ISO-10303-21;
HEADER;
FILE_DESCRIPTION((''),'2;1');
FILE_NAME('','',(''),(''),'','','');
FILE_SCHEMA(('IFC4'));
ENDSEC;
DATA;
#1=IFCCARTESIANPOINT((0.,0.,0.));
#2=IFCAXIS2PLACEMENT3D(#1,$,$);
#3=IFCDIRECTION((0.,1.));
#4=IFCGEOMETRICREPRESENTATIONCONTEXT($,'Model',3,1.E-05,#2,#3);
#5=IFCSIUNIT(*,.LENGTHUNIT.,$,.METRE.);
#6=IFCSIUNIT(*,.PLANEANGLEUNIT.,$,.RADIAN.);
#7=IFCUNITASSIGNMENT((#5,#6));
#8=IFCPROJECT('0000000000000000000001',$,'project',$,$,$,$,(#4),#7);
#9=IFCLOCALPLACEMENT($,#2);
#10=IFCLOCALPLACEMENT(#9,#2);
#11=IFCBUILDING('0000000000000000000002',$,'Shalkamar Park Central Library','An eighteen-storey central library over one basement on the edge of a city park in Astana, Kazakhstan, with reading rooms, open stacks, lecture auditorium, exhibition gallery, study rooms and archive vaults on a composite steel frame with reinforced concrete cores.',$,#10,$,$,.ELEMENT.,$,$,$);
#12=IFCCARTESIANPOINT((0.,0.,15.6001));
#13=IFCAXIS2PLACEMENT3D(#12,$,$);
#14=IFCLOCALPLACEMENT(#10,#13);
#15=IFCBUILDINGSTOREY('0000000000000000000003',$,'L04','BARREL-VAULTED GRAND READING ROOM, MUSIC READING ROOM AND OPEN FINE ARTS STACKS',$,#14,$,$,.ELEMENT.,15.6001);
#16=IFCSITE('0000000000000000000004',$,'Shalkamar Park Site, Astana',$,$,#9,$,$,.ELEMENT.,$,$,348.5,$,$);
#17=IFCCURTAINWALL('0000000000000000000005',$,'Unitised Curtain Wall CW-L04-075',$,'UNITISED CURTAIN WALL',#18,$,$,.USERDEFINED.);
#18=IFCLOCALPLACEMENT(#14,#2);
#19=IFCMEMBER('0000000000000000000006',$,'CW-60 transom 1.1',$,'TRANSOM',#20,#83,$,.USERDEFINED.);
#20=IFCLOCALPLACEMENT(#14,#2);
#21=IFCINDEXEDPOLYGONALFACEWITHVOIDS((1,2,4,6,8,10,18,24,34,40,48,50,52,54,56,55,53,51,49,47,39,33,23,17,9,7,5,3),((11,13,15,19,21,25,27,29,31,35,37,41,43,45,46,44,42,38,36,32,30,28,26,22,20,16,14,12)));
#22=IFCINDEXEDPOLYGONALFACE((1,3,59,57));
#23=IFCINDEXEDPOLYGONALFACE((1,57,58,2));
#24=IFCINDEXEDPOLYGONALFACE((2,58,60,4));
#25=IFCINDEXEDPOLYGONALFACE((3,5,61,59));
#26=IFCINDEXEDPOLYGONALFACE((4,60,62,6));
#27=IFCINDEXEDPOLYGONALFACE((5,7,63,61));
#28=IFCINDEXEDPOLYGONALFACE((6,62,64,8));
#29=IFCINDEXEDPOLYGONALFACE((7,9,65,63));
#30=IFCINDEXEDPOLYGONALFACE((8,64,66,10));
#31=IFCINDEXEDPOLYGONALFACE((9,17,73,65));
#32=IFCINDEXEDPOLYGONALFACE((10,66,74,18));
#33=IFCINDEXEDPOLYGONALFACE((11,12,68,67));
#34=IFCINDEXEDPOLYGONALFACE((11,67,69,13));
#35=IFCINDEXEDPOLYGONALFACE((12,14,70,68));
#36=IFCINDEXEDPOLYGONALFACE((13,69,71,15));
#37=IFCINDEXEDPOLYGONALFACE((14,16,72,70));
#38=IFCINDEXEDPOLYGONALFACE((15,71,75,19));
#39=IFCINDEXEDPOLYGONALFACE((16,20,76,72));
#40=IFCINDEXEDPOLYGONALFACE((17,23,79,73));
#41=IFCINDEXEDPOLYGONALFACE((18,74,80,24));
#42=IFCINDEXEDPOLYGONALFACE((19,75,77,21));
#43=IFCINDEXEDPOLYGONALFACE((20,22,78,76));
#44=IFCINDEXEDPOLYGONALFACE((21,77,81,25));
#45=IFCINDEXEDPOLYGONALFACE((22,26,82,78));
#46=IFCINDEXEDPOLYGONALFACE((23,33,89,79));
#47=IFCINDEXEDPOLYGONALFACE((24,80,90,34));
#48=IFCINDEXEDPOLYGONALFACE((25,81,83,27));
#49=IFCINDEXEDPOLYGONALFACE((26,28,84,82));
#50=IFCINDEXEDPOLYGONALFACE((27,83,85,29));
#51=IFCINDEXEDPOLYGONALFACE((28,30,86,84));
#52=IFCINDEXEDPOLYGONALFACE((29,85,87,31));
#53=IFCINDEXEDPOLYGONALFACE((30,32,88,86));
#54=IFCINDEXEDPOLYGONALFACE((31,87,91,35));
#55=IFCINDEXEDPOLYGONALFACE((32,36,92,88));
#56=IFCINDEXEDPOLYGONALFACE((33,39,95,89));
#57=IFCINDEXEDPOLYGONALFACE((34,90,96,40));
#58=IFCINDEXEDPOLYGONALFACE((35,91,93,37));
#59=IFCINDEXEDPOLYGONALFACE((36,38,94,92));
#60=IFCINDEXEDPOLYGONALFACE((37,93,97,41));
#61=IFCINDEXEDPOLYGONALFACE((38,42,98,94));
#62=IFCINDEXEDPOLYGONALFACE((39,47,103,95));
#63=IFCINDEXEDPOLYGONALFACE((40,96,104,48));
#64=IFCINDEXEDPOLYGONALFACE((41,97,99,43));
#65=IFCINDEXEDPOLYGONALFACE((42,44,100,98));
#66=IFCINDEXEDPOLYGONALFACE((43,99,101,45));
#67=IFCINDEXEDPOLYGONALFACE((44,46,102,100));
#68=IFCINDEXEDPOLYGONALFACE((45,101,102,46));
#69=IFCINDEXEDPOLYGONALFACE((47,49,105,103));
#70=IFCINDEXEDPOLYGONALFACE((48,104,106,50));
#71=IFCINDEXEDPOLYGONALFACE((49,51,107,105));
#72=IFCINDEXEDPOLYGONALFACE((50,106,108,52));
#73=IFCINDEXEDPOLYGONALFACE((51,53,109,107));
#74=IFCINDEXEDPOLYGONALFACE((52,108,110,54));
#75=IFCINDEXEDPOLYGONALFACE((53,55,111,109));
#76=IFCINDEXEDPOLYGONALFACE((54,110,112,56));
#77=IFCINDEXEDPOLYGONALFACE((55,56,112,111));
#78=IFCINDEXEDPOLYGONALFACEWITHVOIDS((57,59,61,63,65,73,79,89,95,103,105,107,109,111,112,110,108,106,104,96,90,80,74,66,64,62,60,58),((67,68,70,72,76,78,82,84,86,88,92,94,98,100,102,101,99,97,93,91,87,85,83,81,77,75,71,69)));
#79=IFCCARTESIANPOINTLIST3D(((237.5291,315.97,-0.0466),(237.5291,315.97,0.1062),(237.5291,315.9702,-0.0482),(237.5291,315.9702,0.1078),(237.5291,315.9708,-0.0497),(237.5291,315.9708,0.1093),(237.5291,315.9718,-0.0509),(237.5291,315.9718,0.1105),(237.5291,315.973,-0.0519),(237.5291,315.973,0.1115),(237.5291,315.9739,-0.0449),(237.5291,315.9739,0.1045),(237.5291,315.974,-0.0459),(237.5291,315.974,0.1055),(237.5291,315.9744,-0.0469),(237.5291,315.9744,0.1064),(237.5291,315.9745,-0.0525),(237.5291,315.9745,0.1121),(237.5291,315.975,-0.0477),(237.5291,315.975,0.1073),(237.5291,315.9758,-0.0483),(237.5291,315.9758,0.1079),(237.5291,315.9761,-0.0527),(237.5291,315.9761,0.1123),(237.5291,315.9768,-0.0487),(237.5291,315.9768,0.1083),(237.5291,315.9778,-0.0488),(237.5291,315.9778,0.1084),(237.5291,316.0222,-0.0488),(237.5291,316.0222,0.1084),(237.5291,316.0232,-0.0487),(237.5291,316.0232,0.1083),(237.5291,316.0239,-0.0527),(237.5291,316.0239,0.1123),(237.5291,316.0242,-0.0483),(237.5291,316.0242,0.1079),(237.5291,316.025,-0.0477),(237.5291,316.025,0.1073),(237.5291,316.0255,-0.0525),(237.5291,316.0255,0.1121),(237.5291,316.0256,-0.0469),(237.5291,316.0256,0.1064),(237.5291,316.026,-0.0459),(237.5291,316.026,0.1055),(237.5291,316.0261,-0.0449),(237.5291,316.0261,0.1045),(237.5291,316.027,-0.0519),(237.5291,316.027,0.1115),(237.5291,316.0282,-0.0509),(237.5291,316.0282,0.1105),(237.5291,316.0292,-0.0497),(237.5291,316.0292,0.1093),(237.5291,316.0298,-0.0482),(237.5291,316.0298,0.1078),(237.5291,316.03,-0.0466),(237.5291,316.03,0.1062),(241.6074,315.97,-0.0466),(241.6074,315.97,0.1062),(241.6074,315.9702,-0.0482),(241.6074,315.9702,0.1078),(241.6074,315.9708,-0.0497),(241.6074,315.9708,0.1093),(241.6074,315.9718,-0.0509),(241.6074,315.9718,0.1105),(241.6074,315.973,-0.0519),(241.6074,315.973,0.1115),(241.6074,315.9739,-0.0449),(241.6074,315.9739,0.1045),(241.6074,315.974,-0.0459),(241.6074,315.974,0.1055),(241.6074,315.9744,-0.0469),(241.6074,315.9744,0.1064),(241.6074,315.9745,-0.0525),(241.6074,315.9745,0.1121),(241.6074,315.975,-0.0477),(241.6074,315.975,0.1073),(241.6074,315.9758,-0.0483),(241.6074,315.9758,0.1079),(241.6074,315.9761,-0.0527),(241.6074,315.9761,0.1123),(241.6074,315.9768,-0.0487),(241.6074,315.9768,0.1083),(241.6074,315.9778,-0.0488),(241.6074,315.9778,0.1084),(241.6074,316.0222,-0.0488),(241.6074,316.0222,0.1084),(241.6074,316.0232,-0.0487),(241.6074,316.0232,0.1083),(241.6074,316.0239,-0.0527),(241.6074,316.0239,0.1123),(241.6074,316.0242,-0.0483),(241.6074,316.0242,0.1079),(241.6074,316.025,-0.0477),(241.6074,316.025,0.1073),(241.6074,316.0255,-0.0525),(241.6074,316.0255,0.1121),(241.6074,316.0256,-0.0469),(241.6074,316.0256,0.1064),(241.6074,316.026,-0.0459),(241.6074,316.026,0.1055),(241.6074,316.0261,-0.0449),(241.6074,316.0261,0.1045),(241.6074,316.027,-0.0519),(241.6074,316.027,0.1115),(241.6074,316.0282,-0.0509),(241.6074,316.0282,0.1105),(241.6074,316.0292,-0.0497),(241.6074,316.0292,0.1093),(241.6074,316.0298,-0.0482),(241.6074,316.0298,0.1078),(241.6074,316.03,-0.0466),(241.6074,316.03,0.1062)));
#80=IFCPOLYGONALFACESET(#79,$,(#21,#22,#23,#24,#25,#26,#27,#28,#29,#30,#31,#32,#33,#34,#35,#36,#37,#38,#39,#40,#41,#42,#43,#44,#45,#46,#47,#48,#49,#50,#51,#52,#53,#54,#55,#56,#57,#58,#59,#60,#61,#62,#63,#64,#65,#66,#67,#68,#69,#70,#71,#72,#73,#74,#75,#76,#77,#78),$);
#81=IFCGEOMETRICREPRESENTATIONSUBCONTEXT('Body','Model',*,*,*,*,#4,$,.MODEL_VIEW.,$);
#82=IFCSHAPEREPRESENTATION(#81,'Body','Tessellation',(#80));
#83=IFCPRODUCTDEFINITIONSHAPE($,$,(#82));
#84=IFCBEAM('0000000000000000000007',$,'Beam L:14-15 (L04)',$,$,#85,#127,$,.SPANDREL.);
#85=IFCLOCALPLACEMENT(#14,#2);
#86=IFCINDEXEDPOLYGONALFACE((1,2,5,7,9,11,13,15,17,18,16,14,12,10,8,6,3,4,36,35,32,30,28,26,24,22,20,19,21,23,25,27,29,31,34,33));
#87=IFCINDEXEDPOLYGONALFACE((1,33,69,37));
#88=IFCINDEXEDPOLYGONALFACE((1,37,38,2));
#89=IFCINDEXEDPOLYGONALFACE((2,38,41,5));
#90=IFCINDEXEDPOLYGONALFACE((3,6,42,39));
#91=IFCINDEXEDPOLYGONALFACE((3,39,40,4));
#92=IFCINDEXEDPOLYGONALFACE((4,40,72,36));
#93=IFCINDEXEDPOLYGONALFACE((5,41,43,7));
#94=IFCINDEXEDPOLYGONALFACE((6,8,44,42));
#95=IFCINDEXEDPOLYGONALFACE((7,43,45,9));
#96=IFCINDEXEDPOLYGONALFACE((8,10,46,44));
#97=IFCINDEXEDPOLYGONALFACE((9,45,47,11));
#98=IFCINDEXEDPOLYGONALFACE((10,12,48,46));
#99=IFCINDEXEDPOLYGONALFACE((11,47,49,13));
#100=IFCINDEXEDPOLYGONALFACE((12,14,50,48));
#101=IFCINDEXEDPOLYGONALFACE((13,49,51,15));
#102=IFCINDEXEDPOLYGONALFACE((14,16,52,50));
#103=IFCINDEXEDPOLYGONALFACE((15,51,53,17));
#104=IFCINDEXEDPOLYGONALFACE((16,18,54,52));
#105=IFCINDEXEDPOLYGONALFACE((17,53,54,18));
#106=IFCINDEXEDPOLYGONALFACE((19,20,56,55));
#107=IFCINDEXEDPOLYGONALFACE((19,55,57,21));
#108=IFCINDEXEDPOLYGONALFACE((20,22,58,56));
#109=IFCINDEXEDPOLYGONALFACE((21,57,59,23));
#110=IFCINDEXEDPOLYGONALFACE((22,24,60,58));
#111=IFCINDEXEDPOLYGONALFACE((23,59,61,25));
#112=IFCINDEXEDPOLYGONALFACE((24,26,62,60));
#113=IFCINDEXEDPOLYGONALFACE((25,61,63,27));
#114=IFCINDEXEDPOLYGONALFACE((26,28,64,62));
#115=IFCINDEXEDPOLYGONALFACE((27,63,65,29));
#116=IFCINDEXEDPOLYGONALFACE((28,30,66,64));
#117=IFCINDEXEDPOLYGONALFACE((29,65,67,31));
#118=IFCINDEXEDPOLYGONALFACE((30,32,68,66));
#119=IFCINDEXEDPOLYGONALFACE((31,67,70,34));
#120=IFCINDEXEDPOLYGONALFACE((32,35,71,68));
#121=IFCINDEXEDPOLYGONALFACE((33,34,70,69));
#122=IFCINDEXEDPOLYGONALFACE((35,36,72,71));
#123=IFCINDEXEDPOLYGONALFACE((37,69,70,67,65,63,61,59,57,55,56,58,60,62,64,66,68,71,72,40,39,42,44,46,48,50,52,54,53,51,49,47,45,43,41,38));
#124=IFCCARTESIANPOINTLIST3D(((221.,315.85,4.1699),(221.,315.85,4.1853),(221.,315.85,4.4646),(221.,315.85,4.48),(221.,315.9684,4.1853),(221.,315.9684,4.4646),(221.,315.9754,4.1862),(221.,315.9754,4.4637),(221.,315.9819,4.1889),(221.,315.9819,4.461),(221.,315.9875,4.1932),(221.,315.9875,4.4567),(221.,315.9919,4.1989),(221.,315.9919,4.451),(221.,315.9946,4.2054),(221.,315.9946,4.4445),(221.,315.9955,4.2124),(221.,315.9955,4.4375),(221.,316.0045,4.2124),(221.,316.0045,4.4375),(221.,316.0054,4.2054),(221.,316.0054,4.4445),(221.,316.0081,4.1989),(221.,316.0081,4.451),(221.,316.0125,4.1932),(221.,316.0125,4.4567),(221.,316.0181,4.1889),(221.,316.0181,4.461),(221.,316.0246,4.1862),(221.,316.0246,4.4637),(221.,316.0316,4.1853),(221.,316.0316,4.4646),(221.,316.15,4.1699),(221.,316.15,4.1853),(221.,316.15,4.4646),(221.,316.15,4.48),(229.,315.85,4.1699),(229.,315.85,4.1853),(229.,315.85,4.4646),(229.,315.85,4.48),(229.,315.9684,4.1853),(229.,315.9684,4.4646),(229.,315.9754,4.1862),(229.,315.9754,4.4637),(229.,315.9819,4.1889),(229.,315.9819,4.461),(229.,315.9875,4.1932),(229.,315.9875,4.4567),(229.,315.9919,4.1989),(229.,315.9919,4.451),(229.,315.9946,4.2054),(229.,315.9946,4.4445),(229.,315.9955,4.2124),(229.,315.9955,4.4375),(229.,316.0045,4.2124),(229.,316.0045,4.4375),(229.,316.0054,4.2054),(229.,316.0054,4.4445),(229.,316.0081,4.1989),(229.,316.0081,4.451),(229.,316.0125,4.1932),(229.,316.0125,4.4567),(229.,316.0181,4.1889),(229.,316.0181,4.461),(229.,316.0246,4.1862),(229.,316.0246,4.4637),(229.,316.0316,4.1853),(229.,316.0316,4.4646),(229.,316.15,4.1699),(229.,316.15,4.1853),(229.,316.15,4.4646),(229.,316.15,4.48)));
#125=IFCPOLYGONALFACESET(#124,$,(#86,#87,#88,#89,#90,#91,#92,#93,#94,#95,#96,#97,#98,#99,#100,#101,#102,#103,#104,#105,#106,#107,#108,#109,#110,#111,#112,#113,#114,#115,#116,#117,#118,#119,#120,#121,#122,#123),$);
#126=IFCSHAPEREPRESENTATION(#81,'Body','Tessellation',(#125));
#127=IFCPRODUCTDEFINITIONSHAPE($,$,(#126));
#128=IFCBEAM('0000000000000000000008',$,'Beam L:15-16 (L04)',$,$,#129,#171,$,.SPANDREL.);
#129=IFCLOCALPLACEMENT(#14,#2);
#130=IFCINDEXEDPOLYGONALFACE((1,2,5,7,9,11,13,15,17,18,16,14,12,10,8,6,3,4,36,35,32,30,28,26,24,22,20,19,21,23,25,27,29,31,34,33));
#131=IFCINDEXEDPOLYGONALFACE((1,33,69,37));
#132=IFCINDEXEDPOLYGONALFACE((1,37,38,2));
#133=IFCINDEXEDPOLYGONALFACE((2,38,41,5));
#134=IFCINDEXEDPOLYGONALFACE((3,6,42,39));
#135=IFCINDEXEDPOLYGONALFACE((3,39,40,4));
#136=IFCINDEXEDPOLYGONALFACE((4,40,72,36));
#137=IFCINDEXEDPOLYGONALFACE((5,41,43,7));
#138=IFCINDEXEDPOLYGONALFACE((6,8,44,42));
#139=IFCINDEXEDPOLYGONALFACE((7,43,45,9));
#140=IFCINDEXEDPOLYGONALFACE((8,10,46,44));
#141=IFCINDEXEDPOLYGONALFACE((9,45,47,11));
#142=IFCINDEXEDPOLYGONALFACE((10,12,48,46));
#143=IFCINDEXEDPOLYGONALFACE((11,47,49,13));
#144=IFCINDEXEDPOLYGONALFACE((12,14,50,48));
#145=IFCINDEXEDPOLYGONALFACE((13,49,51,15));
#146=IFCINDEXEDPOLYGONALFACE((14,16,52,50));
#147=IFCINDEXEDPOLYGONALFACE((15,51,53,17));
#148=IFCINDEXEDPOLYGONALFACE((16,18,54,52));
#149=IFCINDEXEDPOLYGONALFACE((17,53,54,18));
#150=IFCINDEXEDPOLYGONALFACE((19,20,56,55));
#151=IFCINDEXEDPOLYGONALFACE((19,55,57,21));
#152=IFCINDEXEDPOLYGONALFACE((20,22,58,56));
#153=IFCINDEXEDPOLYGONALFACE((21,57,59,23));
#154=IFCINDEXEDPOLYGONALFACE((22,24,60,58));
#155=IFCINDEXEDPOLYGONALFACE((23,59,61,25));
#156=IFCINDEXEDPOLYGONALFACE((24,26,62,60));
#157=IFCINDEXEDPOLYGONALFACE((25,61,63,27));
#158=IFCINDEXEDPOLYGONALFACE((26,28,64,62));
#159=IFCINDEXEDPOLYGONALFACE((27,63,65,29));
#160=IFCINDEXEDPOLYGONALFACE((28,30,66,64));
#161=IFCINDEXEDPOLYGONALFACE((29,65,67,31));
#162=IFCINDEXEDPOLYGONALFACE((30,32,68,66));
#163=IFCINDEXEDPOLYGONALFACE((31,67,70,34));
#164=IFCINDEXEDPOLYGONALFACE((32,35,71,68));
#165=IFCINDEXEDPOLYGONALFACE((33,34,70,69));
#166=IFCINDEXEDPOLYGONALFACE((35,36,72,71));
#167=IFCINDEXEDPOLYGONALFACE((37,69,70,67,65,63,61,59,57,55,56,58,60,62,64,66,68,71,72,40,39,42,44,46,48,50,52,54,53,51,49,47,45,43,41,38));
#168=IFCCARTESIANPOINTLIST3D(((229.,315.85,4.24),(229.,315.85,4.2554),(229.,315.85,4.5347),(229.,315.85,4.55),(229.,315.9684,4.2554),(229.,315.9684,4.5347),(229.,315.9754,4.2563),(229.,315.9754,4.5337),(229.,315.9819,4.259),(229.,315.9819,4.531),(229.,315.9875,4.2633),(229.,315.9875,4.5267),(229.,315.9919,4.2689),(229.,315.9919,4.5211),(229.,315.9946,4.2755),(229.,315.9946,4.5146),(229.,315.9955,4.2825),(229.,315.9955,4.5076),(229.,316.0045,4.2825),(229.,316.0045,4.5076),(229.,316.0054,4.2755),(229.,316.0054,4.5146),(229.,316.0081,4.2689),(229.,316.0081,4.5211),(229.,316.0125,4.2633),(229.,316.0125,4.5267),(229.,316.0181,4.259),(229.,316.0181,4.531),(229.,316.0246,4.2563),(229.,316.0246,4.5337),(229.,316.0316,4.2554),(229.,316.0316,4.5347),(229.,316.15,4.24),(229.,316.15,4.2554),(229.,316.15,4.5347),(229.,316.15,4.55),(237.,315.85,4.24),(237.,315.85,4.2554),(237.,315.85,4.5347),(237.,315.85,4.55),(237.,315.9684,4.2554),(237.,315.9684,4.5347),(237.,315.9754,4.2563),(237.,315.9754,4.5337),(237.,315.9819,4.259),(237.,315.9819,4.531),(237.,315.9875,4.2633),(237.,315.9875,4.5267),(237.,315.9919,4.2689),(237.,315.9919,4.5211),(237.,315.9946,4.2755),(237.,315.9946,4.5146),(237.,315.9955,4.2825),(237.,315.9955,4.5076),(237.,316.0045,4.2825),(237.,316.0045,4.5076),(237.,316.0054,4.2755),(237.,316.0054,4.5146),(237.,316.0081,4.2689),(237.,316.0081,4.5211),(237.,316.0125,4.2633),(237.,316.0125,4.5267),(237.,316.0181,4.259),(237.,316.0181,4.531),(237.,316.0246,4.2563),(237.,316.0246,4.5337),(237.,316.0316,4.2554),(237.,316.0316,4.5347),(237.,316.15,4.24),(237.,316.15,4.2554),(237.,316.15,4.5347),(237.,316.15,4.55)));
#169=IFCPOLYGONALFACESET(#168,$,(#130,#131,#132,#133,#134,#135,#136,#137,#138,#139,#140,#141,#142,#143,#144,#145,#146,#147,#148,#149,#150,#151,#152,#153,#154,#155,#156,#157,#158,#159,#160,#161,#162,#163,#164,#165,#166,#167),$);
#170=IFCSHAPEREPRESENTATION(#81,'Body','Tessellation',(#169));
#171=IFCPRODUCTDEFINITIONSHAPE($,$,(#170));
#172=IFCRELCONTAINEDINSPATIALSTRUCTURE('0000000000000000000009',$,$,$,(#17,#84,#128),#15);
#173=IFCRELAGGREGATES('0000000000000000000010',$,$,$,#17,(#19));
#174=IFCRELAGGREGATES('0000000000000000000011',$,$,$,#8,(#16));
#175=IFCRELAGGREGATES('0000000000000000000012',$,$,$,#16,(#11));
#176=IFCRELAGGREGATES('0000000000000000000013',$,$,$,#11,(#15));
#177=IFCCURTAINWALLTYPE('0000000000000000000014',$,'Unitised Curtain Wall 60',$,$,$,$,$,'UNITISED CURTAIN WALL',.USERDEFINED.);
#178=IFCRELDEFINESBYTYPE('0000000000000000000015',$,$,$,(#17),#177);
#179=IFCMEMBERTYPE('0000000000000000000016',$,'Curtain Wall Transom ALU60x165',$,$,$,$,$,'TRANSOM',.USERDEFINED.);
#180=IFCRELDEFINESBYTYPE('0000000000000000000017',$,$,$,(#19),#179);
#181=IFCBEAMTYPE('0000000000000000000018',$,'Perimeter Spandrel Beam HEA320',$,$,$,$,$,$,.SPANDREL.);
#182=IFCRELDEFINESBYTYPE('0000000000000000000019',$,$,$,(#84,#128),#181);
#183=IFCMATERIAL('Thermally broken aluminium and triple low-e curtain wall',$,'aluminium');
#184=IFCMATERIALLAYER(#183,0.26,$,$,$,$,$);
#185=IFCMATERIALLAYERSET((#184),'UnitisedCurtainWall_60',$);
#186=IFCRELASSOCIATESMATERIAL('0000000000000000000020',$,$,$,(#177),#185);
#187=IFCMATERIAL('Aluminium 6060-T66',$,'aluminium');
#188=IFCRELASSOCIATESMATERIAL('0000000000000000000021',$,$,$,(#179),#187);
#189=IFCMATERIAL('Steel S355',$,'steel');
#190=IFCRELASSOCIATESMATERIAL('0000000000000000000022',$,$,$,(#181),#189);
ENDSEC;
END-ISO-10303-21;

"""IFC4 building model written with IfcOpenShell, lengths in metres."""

from ifc_helpers import new_model, si_unit, direction, frame, origin, origin_2d, place, context, subcontext, project, spatial, hollow_rectangle, i_section, extrude, material, layer, layer_set, material_profile, profile_set, type_object, element, aggregate, save


model = new_model("IFC4")

# Units and contexts
model_context = context("Model", 3, precision=1e-05, world=origin(), true_north=direction((0.0, 1.0)))
body_context = subcontext(model_context, "Body", "Model", "MODEL_VIEW")
ifc_project = project(units=[si_unit("LENGTHUNIT", "METRE"), si_unit("PLANEANGLEUNIT", "RADIAN")], contexts=[model_context])

# Site, building, storey
site_placement = place(None, origin())
site = spatial("IfcSite", under=ifc_project, at=site_placement, Name="Shalkamar Park Site, Astana", CompositionType="ELEMENT", RefElevation=348.5)
building_placement = place(site_placement, origin())
building = spatial("IfcBuilding", under=site, at=building_placement, Name="Shalkamar Park Central Library", Description="An eighteen-storey central library over one basement on the edge of a city park in Astana, Kazakhstan, with reading rooms, open stacks, lecture auditorium, exhibition gallery, study rooms and archive vaults on a composite steel frame with reinforced concrete cores.", CompositionType="ELEMENT")
storey_placement = place(building_placement, frame((0.0, 0.0, 15.6001)))
storey = spatial("IfcBuildingStorey", under=building, at=storey_placement, Name="L04", Description="BARREL-VAULTED GRAND READING ROOM, MUSIC READING ROOM AND OPEN FINE ARTS STACKS", CompositionType="ELEMENT", Elevation=15.6001)

# Shared definitions
ifc_material_1 = material(Name="Steel S355", Category="steel")

# Shared definitions
ifc_material_2 = material(Name="Thermally broken aluminium and triple low-e curtain wall", Category="aluminium")
ifc_material_3 = material(Name="Aluminium 6060-T66", Category="aluminium")

# Curtain wall
ifc_layer_1 = layer(ifc_material_2, 0.26)
ifc_layer_set_1 = layer_set([ifc_layer_1], Name="UnitisedCurtainWall_60")
curtain_wall_type_1 = type_object("IfcCurtainWallType", Name="Unitised Curtain Wall 60", ElementType="UNITISED CURTAIN WALL", PredefinedType="USERDEFINED", material=ifc_layer_set_1)
curtain_wall_1_placement = place(storey_placement, origin())
curtain_wall_1 = element("IfcCurtainWall", 1, at=curtain_wall_1_placement, inside=storey, type_object=curtain_wall_type_1, Name="Unitised Curtain Wall CW-L04-075", ObjectType="UNITISED CURTAIN WALL", PredefinedType="USERDEFINED")

# Member
ifc_material_profile_1 = material_profile(ifc_material_3, hollow_rectangle(XDim=0.0601, YDim=0.165, WallThickness=0.0039, InnerFilletRadius=0.0039, OuterFilletRadius=0.0061, at=origin_2d()), Name="ALU 60x165x4")
ifc_profile_set_1 = profile_set([ifc_material_profile_1], Name="Aluminium 6060-T66")
member_type_1 = type_object("IfcMemberType", Name="Curtain Wall Transom ALU60x165", ElementType="TRANSOM", PredefinedType="USERDEFINED", material=ifc_profile_set_1)
member_1_placement = place(storey_placement, frame((237.5291, 316.0, 0.0298), z_axis=(1.0, 0.0, 0.0), x_axis=(0.0, 1.0, 0.0)))
member_1 = element("IfcMember", 2, at=member_1_placement, type_object=member_type_1, Name="CW-60 transom 1.1", ObjectType="TRANSOM", PredefinedType="USERDEFINED", context=body_context, shape_type="SweptSolid", body=[
    extrude(hollow_rectangle(XDim=0.0601, YDim=0.165, WallThickness=0.0039, InnerFilletRadius=0.0039, OuterFilletRadius=0.0061, at=origin_2d()), origin(), (0.0, 0.0, 1.0), 4.0784),
])
aggregate(curtain_wall_1, [member_1])

# Beams
ifc_material_profile_2 = material_profile(ifc_material_1, i_section(OverallWidth=0.3, OverallDepth=0.3101, WebThickness=0.009, FlangeThickness=0.0154, FilletRadius=0.0271, at=origin_2d()), Name="HEA 320")
ifc_profile_set_2 = profile_set([ifc_material_profile_2], Name="Steel S355")
beam_type_1 = type_object("IfcBeamType", Name="Perimeter Spandrel Beam HEA320", PredefinedType="SPANDREL", material=ifc_profile_set_2)
for number, where, z_axis, x_axis, name in (
    (3, (221.0, 316.0, 4.325), (1.0, 0.0, 0.0), (0.0, 1.0, 0.0), "Beam L:14-15 (L04)"),
    (4, (229.0, 316.0, 4.395), (1.0, 0.0, 0.0), (0.0, 1.0, 0.0), "Beam L:15-16 (L04)"),
):
    element("IfcBeam", number, at=place(storey_placement, frame(where, z_axis=z_axis, x_axis=x_axis)), inside=storey, type_object=beam_type_1, Name=name, PredefinedType="SPANDREL", context=body_context, shape_type="SweptSolid", body=[
        extrude(i_section(OverallWidth=0.3, OverallDepth=0.3101, WebThickness=0.009, FlangeThickness=0.0154, FilletRadius=0.0271, at=origin_2d()), origin(), (0.0, 0.0, 1.0), 8.0),
    ])

save(model, "model.ifc")
